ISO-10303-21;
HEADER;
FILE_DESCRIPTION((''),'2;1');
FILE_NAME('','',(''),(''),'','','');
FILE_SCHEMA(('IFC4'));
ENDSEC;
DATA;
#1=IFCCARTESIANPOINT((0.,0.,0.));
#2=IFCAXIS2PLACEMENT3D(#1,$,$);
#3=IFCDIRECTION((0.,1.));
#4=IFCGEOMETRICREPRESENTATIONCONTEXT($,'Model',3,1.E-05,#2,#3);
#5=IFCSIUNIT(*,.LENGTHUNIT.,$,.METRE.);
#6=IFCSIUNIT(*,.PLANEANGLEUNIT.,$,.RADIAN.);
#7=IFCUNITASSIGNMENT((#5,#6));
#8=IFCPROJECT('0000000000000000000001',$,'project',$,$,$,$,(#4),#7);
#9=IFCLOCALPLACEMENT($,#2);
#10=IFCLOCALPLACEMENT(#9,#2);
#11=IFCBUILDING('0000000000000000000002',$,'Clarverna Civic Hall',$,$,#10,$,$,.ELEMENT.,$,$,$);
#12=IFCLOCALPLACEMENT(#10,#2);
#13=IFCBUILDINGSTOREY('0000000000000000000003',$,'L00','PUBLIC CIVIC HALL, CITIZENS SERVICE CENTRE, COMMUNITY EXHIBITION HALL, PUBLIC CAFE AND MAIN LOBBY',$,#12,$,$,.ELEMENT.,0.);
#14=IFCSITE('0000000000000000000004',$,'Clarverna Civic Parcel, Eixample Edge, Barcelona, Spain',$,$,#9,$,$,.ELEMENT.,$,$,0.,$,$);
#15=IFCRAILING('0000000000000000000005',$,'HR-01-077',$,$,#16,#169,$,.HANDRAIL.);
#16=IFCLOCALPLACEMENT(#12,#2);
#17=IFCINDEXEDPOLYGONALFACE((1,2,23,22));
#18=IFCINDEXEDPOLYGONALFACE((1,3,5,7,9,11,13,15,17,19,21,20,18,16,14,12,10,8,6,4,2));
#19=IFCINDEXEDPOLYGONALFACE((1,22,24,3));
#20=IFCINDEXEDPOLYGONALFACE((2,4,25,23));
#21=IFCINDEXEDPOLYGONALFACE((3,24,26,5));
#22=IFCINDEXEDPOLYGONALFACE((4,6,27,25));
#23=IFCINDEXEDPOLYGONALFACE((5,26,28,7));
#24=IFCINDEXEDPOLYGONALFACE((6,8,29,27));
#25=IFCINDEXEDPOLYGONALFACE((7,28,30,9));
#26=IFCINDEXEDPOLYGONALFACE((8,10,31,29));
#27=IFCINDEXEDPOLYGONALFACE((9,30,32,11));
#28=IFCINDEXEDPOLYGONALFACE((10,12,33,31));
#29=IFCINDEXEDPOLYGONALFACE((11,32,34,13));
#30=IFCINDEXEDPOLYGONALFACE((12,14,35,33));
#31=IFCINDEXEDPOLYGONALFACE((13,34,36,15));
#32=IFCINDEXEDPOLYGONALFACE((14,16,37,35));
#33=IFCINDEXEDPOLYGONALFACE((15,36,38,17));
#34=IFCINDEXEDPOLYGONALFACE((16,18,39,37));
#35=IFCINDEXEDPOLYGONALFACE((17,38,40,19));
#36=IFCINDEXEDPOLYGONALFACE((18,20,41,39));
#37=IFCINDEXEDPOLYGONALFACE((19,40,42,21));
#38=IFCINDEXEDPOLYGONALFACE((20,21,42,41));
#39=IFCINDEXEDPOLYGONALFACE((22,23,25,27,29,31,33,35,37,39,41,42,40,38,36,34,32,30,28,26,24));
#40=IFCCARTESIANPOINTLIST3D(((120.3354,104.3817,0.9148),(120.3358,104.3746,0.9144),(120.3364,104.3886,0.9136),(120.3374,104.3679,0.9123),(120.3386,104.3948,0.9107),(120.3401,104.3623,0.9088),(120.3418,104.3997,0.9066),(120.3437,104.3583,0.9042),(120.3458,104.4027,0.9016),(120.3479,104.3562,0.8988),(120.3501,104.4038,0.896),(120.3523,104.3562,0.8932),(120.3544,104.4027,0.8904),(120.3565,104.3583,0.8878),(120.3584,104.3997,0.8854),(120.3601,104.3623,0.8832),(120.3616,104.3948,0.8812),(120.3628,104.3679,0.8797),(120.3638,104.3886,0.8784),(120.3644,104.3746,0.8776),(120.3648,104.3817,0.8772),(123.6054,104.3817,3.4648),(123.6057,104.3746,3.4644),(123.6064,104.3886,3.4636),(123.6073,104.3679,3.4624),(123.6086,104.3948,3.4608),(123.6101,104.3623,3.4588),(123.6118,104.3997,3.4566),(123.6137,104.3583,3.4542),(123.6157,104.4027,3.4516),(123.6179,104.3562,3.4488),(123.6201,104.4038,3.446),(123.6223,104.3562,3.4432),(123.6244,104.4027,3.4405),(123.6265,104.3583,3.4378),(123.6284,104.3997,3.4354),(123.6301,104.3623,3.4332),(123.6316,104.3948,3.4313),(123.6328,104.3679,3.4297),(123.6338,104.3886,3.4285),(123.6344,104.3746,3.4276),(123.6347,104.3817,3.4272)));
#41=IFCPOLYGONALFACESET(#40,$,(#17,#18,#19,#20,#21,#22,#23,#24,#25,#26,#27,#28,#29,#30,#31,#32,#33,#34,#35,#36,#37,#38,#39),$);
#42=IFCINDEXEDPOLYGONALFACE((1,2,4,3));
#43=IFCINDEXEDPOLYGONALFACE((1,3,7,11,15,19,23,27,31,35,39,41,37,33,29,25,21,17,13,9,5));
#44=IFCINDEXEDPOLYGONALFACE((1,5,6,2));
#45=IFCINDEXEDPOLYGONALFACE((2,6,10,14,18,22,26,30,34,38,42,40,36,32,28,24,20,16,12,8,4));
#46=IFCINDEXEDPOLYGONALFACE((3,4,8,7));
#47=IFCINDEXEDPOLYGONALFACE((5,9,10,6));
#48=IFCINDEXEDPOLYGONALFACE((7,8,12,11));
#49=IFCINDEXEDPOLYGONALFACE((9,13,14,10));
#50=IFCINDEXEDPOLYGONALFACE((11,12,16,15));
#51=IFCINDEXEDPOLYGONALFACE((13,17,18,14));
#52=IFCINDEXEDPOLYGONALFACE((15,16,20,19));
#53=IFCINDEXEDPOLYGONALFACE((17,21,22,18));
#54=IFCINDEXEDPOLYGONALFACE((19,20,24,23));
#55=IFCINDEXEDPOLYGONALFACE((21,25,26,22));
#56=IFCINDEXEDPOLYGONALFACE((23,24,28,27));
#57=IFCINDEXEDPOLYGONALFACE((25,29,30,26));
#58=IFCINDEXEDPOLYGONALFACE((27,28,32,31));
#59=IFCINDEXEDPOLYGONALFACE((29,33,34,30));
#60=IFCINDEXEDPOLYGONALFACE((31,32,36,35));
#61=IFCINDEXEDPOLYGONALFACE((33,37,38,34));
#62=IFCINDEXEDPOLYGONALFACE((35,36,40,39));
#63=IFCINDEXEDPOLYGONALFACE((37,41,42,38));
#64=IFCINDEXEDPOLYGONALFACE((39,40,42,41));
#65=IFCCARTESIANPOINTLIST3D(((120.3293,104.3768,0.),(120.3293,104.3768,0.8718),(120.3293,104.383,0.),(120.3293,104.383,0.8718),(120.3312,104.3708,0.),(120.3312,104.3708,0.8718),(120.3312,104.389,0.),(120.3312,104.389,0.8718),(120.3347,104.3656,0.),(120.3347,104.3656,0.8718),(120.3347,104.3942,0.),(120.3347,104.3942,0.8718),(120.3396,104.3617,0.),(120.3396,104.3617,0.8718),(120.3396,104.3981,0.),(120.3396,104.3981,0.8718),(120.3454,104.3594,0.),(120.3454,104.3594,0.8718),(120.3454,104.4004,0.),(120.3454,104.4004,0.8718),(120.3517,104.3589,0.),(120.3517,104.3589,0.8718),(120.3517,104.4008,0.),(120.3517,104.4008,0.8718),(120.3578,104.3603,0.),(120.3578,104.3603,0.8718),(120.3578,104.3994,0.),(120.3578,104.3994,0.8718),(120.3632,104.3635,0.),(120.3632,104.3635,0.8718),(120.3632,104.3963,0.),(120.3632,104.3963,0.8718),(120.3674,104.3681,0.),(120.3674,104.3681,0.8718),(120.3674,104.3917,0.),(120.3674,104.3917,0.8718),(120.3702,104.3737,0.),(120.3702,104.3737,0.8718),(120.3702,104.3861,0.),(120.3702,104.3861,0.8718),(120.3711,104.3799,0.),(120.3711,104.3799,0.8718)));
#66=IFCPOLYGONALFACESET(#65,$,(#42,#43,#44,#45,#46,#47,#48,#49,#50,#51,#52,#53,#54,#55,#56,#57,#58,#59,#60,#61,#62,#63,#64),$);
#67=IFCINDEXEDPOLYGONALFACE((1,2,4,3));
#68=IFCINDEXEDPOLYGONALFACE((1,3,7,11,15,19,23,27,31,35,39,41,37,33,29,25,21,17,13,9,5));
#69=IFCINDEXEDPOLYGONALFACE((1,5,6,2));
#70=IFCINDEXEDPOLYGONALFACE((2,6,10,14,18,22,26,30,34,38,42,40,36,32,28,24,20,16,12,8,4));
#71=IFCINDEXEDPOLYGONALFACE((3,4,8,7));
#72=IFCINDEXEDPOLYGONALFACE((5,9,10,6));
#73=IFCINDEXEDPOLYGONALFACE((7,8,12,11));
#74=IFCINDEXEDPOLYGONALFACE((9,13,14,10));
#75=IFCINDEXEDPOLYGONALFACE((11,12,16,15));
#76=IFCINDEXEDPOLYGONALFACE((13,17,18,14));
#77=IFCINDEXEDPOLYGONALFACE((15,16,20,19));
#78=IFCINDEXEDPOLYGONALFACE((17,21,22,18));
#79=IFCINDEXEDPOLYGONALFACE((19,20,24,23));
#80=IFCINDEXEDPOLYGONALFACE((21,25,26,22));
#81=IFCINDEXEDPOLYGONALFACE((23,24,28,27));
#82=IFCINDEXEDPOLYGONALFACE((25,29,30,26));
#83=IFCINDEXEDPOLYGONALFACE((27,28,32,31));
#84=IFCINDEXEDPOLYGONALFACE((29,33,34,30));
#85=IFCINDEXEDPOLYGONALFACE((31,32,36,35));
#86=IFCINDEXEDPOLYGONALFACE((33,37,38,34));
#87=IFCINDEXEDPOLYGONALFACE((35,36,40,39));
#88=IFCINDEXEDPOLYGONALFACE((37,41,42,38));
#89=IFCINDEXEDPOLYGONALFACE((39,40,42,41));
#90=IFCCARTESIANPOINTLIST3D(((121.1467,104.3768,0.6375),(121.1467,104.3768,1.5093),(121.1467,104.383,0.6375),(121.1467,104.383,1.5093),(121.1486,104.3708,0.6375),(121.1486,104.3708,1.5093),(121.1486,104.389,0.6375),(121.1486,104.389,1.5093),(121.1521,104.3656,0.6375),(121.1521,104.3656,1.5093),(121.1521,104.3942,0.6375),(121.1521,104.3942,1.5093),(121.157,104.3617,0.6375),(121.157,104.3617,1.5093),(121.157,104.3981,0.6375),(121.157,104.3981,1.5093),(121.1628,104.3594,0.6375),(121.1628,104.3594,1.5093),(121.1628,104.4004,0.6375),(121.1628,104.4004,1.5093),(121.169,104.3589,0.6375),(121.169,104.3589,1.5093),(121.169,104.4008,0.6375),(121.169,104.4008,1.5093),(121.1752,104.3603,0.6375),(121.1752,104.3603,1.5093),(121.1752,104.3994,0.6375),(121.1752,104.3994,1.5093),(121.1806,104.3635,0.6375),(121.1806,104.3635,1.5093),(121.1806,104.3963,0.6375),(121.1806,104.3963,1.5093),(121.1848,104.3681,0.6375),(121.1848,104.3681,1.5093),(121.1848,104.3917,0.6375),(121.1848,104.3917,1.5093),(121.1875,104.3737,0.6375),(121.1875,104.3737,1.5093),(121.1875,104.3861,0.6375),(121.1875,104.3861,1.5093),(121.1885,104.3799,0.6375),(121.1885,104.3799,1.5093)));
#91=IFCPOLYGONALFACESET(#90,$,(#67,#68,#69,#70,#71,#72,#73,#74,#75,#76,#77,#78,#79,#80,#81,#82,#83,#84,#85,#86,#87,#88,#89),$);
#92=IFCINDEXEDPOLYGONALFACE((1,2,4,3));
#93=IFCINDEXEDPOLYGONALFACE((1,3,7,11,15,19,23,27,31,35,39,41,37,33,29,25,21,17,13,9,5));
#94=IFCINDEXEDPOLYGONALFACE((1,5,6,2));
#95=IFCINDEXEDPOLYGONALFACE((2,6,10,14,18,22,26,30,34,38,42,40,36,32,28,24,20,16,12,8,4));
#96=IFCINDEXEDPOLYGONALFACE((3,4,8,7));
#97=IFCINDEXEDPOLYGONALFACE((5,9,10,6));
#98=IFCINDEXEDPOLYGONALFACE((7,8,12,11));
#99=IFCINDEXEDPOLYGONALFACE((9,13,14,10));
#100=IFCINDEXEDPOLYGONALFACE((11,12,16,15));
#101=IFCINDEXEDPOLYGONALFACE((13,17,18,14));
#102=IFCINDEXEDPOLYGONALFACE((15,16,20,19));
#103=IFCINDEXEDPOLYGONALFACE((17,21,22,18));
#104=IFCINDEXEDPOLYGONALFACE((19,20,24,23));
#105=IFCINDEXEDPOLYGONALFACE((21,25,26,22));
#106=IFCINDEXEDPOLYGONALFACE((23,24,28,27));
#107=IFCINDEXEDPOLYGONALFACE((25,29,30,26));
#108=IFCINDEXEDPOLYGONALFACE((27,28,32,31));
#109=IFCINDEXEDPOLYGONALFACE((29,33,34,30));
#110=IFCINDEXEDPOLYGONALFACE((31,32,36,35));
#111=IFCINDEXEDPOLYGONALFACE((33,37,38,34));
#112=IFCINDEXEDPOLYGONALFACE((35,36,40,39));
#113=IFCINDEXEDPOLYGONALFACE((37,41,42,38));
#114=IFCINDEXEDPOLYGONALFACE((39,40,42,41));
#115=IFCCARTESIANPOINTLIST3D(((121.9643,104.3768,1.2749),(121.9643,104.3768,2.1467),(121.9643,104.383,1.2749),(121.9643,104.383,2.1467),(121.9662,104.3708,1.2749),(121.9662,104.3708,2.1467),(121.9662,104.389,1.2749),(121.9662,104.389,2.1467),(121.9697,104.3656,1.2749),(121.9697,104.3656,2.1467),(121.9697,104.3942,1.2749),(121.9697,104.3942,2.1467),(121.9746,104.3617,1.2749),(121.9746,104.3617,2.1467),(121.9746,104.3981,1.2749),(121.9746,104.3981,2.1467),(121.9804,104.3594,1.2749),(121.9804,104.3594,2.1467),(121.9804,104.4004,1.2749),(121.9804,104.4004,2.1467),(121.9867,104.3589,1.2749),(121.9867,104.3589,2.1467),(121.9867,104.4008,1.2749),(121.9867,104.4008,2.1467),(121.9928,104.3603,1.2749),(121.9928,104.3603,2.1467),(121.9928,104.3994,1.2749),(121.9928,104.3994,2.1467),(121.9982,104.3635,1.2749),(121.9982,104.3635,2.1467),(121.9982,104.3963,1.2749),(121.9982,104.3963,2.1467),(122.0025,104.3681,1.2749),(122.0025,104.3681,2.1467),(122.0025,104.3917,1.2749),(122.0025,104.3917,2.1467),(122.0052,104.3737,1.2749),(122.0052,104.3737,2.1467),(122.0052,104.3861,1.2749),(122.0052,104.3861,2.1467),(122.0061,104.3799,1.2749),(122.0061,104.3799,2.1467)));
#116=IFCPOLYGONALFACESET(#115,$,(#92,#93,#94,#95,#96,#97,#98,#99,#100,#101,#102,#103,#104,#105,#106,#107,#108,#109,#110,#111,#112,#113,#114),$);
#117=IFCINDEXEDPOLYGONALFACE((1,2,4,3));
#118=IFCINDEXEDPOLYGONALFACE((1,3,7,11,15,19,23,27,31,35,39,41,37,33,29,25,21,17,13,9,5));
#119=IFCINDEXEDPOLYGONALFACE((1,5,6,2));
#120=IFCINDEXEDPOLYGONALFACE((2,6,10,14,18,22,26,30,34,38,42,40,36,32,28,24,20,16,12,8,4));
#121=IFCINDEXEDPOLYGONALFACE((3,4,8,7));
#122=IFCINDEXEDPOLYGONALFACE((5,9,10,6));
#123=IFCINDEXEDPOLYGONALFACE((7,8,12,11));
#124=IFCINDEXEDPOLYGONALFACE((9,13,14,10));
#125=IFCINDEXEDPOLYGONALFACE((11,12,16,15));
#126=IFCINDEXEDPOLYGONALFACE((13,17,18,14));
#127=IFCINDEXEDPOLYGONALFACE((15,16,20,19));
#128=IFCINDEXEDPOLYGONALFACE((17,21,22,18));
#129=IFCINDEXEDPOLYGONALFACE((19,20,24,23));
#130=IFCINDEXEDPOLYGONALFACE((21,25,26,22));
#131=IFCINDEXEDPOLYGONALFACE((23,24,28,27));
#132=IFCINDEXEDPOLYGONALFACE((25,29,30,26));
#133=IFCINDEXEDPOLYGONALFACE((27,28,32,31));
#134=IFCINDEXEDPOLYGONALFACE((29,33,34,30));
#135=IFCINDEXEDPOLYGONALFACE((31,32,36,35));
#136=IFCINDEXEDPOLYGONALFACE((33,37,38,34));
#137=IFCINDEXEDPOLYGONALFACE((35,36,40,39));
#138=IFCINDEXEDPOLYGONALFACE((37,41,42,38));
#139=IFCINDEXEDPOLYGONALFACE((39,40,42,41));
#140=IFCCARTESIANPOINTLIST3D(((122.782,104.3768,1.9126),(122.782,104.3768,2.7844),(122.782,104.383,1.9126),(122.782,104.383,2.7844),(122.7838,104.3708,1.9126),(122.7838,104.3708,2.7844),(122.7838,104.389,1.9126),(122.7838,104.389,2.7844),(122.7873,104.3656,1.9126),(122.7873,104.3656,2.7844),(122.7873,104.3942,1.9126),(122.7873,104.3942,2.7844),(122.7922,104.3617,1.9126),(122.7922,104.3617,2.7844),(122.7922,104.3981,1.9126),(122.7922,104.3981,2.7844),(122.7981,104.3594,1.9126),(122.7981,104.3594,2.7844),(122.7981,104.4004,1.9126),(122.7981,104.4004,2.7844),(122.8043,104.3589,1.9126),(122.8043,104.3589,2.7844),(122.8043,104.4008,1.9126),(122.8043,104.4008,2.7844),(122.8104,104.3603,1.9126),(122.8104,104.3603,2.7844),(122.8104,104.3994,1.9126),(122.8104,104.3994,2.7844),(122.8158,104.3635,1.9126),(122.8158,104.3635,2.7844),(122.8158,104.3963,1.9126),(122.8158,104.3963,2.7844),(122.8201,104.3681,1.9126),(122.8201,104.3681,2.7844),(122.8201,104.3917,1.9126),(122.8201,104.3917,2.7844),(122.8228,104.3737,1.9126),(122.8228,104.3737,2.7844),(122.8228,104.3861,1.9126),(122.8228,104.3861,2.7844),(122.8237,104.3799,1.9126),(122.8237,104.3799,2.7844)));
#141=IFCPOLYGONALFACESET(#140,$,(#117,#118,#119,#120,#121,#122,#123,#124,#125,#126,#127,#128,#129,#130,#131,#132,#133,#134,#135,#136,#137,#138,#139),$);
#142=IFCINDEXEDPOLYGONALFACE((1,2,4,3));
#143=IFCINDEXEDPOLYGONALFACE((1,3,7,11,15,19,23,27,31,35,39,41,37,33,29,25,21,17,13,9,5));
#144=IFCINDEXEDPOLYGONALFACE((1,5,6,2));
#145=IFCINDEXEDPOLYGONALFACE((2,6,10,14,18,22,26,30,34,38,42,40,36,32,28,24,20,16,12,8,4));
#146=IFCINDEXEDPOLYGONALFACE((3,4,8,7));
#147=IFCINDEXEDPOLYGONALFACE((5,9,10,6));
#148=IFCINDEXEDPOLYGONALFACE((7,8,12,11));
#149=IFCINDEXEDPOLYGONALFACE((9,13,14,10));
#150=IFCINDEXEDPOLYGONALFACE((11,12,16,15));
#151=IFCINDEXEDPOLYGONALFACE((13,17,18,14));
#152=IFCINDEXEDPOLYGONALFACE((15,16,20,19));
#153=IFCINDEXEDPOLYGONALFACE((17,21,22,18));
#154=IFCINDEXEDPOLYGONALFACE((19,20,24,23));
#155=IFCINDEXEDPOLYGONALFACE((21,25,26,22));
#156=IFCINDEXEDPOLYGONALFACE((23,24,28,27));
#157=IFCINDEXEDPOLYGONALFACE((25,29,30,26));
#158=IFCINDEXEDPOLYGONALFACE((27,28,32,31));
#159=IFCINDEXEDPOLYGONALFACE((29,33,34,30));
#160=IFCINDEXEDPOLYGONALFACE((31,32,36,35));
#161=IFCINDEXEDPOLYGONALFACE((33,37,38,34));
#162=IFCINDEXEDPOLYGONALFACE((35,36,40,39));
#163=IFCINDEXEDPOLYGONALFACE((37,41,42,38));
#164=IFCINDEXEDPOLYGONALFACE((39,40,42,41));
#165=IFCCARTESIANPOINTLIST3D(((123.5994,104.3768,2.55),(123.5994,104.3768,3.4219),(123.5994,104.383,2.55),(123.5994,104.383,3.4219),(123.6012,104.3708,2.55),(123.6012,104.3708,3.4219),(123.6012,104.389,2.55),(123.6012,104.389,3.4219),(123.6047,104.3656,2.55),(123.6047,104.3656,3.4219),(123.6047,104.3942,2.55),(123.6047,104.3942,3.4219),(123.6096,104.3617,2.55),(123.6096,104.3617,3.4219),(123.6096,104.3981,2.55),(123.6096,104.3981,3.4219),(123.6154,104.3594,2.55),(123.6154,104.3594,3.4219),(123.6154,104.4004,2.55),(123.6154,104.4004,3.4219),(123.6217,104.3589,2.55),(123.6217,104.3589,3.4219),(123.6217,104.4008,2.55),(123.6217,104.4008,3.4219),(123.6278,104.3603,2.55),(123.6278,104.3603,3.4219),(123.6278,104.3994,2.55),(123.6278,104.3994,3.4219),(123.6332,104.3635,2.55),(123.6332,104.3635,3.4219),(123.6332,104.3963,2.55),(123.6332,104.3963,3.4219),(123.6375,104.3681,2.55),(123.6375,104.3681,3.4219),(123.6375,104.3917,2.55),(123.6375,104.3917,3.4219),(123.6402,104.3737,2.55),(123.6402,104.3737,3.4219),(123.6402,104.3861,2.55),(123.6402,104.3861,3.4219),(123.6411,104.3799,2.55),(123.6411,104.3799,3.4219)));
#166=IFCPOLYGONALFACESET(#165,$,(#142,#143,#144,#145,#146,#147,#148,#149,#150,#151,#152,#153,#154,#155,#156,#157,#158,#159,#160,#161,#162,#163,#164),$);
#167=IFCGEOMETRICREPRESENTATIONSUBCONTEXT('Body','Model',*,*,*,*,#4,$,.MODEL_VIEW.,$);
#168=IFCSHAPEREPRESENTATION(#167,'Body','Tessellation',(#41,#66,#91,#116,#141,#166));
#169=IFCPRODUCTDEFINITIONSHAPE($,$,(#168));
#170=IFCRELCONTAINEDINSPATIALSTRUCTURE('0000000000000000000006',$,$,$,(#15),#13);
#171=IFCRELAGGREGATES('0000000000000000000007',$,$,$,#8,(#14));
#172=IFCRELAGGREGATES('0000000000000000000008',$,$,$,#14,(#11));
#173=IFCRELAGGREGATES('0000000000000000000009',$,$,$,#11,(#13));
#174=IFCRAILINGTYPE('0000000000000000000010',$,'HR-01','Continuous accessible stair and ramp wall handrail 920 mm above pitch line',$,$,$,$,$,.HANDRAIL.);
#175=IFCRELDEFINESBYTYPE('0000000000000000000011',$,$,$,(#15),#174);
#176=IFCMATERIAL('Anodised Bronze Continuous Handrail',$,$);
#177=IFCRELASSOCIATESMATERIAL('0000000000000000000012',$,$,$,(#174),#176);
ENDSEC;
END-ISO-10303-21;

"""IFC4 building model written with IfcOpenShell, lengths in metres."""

from ifc_helpers import new_model, si_unit, direction, frame, origin, origin_2d, place, context, subcontext, project, spatial, circle, extrude, material, type_object, element, save


model = new_model("IFC4")

# Units and contexts
model_context = context("Model", 3, precision=1e-05, world=origin(), true_north=direction((0.0, 1.0)))
body_context = subcontext(model_context, "Body", "Model", "MODEL_VIEW")
ifc_project = project(units=[si_unit("LENGTHUNIT", "METRE"), si_unit("PLANEANGLEUNIT", "RADIAN")], contexts=[model_context])

# Site, building, storey
site_placement = place(None, origin())
site = spatial("IfcSite", under=ifc_project, at=site_placement, Name="Clarverna Civic Parcel, Eixample Edge, Barcelona, Spain", CompositionType="ELEMENT", RefElevation=0.0)
building_placement = place(site_placement, origin())
building = spatial("IfcBuilding", under=site, at=building_placement, Name="Clarverna Civic Hall", CompositionType="ELEMENT")
storey_placement = place(building_placement, origin())
storey = spatial("IfcBuildingStorey", under=building, at=storey_placement, Name="L00", Description="PUBLIC CIVIC HALL, CITIZENS SERVICE CENTRE, COMMUNITY EXHIBITION HALL, PUBLIC CAFE AND MAIN LOBBY", CompositionType="ELEMENT", Elevation=0.0)

# Railing
ifc_material_1 = material(Name="Anodised Bronze Continuous Handrail")
railing_type_1 = type_object("IfcRailingType", Name="HR-01", Description="Continuous accessible stair and ramp wall handrail 920 mm above pitch line", PredefinedType="HANDRAIL", material=ifc_material_1)
railing_1_placement = place(storey_placement, frame((120.3501, 104.3799, 0.0)))
element("IfcRailing", 1, at=railing_1_placement, inside=storey, type_object=railing_type_1, Name="HR-01-077", PredefinedType="HANDRAIL", context=body_context, shape_type="SweptSolid", body=[
    extrude(circle(Radius=0.0239, at=origin_2d()), frame((0.0, 0.0, 0.896), z_axis=(0.788569, 0.0, 0.614947), x_axis=(0.0, 1.0, 0.0)), (0.0, 0.0, 1.0), 4.1467),
    extrude(circle(Radius=0.021, at=origin_2d()), origin(), (0.0, 0.0, 1.0), 0.8718),
    extrude(circle(Radius=0.021, at=origin_2d()), frame((0.8174, 0.0, 0.6375)), (0.0, 0.0, 1.0), 0.8718),
    extrude(circle(Radius=0.021, at=origin_2d()), frame((1.635, 0.0, 1.2749)), (0.0, 0.0, 1.0), 0.8718),
    extrude(circle(Radius=0.021, at=origin_2d()), frame((2.4526, 0.0, 1.9126)), (0.0, 0.0, 1.0), 0.8718),
    extrude(circle(Radius=0.021, at=origin_2d()), frame((3.27, 0.0, 2.55)), (0.0, 0.0, 1.0), 0.8718),
])

save(model, "model.ifc")
